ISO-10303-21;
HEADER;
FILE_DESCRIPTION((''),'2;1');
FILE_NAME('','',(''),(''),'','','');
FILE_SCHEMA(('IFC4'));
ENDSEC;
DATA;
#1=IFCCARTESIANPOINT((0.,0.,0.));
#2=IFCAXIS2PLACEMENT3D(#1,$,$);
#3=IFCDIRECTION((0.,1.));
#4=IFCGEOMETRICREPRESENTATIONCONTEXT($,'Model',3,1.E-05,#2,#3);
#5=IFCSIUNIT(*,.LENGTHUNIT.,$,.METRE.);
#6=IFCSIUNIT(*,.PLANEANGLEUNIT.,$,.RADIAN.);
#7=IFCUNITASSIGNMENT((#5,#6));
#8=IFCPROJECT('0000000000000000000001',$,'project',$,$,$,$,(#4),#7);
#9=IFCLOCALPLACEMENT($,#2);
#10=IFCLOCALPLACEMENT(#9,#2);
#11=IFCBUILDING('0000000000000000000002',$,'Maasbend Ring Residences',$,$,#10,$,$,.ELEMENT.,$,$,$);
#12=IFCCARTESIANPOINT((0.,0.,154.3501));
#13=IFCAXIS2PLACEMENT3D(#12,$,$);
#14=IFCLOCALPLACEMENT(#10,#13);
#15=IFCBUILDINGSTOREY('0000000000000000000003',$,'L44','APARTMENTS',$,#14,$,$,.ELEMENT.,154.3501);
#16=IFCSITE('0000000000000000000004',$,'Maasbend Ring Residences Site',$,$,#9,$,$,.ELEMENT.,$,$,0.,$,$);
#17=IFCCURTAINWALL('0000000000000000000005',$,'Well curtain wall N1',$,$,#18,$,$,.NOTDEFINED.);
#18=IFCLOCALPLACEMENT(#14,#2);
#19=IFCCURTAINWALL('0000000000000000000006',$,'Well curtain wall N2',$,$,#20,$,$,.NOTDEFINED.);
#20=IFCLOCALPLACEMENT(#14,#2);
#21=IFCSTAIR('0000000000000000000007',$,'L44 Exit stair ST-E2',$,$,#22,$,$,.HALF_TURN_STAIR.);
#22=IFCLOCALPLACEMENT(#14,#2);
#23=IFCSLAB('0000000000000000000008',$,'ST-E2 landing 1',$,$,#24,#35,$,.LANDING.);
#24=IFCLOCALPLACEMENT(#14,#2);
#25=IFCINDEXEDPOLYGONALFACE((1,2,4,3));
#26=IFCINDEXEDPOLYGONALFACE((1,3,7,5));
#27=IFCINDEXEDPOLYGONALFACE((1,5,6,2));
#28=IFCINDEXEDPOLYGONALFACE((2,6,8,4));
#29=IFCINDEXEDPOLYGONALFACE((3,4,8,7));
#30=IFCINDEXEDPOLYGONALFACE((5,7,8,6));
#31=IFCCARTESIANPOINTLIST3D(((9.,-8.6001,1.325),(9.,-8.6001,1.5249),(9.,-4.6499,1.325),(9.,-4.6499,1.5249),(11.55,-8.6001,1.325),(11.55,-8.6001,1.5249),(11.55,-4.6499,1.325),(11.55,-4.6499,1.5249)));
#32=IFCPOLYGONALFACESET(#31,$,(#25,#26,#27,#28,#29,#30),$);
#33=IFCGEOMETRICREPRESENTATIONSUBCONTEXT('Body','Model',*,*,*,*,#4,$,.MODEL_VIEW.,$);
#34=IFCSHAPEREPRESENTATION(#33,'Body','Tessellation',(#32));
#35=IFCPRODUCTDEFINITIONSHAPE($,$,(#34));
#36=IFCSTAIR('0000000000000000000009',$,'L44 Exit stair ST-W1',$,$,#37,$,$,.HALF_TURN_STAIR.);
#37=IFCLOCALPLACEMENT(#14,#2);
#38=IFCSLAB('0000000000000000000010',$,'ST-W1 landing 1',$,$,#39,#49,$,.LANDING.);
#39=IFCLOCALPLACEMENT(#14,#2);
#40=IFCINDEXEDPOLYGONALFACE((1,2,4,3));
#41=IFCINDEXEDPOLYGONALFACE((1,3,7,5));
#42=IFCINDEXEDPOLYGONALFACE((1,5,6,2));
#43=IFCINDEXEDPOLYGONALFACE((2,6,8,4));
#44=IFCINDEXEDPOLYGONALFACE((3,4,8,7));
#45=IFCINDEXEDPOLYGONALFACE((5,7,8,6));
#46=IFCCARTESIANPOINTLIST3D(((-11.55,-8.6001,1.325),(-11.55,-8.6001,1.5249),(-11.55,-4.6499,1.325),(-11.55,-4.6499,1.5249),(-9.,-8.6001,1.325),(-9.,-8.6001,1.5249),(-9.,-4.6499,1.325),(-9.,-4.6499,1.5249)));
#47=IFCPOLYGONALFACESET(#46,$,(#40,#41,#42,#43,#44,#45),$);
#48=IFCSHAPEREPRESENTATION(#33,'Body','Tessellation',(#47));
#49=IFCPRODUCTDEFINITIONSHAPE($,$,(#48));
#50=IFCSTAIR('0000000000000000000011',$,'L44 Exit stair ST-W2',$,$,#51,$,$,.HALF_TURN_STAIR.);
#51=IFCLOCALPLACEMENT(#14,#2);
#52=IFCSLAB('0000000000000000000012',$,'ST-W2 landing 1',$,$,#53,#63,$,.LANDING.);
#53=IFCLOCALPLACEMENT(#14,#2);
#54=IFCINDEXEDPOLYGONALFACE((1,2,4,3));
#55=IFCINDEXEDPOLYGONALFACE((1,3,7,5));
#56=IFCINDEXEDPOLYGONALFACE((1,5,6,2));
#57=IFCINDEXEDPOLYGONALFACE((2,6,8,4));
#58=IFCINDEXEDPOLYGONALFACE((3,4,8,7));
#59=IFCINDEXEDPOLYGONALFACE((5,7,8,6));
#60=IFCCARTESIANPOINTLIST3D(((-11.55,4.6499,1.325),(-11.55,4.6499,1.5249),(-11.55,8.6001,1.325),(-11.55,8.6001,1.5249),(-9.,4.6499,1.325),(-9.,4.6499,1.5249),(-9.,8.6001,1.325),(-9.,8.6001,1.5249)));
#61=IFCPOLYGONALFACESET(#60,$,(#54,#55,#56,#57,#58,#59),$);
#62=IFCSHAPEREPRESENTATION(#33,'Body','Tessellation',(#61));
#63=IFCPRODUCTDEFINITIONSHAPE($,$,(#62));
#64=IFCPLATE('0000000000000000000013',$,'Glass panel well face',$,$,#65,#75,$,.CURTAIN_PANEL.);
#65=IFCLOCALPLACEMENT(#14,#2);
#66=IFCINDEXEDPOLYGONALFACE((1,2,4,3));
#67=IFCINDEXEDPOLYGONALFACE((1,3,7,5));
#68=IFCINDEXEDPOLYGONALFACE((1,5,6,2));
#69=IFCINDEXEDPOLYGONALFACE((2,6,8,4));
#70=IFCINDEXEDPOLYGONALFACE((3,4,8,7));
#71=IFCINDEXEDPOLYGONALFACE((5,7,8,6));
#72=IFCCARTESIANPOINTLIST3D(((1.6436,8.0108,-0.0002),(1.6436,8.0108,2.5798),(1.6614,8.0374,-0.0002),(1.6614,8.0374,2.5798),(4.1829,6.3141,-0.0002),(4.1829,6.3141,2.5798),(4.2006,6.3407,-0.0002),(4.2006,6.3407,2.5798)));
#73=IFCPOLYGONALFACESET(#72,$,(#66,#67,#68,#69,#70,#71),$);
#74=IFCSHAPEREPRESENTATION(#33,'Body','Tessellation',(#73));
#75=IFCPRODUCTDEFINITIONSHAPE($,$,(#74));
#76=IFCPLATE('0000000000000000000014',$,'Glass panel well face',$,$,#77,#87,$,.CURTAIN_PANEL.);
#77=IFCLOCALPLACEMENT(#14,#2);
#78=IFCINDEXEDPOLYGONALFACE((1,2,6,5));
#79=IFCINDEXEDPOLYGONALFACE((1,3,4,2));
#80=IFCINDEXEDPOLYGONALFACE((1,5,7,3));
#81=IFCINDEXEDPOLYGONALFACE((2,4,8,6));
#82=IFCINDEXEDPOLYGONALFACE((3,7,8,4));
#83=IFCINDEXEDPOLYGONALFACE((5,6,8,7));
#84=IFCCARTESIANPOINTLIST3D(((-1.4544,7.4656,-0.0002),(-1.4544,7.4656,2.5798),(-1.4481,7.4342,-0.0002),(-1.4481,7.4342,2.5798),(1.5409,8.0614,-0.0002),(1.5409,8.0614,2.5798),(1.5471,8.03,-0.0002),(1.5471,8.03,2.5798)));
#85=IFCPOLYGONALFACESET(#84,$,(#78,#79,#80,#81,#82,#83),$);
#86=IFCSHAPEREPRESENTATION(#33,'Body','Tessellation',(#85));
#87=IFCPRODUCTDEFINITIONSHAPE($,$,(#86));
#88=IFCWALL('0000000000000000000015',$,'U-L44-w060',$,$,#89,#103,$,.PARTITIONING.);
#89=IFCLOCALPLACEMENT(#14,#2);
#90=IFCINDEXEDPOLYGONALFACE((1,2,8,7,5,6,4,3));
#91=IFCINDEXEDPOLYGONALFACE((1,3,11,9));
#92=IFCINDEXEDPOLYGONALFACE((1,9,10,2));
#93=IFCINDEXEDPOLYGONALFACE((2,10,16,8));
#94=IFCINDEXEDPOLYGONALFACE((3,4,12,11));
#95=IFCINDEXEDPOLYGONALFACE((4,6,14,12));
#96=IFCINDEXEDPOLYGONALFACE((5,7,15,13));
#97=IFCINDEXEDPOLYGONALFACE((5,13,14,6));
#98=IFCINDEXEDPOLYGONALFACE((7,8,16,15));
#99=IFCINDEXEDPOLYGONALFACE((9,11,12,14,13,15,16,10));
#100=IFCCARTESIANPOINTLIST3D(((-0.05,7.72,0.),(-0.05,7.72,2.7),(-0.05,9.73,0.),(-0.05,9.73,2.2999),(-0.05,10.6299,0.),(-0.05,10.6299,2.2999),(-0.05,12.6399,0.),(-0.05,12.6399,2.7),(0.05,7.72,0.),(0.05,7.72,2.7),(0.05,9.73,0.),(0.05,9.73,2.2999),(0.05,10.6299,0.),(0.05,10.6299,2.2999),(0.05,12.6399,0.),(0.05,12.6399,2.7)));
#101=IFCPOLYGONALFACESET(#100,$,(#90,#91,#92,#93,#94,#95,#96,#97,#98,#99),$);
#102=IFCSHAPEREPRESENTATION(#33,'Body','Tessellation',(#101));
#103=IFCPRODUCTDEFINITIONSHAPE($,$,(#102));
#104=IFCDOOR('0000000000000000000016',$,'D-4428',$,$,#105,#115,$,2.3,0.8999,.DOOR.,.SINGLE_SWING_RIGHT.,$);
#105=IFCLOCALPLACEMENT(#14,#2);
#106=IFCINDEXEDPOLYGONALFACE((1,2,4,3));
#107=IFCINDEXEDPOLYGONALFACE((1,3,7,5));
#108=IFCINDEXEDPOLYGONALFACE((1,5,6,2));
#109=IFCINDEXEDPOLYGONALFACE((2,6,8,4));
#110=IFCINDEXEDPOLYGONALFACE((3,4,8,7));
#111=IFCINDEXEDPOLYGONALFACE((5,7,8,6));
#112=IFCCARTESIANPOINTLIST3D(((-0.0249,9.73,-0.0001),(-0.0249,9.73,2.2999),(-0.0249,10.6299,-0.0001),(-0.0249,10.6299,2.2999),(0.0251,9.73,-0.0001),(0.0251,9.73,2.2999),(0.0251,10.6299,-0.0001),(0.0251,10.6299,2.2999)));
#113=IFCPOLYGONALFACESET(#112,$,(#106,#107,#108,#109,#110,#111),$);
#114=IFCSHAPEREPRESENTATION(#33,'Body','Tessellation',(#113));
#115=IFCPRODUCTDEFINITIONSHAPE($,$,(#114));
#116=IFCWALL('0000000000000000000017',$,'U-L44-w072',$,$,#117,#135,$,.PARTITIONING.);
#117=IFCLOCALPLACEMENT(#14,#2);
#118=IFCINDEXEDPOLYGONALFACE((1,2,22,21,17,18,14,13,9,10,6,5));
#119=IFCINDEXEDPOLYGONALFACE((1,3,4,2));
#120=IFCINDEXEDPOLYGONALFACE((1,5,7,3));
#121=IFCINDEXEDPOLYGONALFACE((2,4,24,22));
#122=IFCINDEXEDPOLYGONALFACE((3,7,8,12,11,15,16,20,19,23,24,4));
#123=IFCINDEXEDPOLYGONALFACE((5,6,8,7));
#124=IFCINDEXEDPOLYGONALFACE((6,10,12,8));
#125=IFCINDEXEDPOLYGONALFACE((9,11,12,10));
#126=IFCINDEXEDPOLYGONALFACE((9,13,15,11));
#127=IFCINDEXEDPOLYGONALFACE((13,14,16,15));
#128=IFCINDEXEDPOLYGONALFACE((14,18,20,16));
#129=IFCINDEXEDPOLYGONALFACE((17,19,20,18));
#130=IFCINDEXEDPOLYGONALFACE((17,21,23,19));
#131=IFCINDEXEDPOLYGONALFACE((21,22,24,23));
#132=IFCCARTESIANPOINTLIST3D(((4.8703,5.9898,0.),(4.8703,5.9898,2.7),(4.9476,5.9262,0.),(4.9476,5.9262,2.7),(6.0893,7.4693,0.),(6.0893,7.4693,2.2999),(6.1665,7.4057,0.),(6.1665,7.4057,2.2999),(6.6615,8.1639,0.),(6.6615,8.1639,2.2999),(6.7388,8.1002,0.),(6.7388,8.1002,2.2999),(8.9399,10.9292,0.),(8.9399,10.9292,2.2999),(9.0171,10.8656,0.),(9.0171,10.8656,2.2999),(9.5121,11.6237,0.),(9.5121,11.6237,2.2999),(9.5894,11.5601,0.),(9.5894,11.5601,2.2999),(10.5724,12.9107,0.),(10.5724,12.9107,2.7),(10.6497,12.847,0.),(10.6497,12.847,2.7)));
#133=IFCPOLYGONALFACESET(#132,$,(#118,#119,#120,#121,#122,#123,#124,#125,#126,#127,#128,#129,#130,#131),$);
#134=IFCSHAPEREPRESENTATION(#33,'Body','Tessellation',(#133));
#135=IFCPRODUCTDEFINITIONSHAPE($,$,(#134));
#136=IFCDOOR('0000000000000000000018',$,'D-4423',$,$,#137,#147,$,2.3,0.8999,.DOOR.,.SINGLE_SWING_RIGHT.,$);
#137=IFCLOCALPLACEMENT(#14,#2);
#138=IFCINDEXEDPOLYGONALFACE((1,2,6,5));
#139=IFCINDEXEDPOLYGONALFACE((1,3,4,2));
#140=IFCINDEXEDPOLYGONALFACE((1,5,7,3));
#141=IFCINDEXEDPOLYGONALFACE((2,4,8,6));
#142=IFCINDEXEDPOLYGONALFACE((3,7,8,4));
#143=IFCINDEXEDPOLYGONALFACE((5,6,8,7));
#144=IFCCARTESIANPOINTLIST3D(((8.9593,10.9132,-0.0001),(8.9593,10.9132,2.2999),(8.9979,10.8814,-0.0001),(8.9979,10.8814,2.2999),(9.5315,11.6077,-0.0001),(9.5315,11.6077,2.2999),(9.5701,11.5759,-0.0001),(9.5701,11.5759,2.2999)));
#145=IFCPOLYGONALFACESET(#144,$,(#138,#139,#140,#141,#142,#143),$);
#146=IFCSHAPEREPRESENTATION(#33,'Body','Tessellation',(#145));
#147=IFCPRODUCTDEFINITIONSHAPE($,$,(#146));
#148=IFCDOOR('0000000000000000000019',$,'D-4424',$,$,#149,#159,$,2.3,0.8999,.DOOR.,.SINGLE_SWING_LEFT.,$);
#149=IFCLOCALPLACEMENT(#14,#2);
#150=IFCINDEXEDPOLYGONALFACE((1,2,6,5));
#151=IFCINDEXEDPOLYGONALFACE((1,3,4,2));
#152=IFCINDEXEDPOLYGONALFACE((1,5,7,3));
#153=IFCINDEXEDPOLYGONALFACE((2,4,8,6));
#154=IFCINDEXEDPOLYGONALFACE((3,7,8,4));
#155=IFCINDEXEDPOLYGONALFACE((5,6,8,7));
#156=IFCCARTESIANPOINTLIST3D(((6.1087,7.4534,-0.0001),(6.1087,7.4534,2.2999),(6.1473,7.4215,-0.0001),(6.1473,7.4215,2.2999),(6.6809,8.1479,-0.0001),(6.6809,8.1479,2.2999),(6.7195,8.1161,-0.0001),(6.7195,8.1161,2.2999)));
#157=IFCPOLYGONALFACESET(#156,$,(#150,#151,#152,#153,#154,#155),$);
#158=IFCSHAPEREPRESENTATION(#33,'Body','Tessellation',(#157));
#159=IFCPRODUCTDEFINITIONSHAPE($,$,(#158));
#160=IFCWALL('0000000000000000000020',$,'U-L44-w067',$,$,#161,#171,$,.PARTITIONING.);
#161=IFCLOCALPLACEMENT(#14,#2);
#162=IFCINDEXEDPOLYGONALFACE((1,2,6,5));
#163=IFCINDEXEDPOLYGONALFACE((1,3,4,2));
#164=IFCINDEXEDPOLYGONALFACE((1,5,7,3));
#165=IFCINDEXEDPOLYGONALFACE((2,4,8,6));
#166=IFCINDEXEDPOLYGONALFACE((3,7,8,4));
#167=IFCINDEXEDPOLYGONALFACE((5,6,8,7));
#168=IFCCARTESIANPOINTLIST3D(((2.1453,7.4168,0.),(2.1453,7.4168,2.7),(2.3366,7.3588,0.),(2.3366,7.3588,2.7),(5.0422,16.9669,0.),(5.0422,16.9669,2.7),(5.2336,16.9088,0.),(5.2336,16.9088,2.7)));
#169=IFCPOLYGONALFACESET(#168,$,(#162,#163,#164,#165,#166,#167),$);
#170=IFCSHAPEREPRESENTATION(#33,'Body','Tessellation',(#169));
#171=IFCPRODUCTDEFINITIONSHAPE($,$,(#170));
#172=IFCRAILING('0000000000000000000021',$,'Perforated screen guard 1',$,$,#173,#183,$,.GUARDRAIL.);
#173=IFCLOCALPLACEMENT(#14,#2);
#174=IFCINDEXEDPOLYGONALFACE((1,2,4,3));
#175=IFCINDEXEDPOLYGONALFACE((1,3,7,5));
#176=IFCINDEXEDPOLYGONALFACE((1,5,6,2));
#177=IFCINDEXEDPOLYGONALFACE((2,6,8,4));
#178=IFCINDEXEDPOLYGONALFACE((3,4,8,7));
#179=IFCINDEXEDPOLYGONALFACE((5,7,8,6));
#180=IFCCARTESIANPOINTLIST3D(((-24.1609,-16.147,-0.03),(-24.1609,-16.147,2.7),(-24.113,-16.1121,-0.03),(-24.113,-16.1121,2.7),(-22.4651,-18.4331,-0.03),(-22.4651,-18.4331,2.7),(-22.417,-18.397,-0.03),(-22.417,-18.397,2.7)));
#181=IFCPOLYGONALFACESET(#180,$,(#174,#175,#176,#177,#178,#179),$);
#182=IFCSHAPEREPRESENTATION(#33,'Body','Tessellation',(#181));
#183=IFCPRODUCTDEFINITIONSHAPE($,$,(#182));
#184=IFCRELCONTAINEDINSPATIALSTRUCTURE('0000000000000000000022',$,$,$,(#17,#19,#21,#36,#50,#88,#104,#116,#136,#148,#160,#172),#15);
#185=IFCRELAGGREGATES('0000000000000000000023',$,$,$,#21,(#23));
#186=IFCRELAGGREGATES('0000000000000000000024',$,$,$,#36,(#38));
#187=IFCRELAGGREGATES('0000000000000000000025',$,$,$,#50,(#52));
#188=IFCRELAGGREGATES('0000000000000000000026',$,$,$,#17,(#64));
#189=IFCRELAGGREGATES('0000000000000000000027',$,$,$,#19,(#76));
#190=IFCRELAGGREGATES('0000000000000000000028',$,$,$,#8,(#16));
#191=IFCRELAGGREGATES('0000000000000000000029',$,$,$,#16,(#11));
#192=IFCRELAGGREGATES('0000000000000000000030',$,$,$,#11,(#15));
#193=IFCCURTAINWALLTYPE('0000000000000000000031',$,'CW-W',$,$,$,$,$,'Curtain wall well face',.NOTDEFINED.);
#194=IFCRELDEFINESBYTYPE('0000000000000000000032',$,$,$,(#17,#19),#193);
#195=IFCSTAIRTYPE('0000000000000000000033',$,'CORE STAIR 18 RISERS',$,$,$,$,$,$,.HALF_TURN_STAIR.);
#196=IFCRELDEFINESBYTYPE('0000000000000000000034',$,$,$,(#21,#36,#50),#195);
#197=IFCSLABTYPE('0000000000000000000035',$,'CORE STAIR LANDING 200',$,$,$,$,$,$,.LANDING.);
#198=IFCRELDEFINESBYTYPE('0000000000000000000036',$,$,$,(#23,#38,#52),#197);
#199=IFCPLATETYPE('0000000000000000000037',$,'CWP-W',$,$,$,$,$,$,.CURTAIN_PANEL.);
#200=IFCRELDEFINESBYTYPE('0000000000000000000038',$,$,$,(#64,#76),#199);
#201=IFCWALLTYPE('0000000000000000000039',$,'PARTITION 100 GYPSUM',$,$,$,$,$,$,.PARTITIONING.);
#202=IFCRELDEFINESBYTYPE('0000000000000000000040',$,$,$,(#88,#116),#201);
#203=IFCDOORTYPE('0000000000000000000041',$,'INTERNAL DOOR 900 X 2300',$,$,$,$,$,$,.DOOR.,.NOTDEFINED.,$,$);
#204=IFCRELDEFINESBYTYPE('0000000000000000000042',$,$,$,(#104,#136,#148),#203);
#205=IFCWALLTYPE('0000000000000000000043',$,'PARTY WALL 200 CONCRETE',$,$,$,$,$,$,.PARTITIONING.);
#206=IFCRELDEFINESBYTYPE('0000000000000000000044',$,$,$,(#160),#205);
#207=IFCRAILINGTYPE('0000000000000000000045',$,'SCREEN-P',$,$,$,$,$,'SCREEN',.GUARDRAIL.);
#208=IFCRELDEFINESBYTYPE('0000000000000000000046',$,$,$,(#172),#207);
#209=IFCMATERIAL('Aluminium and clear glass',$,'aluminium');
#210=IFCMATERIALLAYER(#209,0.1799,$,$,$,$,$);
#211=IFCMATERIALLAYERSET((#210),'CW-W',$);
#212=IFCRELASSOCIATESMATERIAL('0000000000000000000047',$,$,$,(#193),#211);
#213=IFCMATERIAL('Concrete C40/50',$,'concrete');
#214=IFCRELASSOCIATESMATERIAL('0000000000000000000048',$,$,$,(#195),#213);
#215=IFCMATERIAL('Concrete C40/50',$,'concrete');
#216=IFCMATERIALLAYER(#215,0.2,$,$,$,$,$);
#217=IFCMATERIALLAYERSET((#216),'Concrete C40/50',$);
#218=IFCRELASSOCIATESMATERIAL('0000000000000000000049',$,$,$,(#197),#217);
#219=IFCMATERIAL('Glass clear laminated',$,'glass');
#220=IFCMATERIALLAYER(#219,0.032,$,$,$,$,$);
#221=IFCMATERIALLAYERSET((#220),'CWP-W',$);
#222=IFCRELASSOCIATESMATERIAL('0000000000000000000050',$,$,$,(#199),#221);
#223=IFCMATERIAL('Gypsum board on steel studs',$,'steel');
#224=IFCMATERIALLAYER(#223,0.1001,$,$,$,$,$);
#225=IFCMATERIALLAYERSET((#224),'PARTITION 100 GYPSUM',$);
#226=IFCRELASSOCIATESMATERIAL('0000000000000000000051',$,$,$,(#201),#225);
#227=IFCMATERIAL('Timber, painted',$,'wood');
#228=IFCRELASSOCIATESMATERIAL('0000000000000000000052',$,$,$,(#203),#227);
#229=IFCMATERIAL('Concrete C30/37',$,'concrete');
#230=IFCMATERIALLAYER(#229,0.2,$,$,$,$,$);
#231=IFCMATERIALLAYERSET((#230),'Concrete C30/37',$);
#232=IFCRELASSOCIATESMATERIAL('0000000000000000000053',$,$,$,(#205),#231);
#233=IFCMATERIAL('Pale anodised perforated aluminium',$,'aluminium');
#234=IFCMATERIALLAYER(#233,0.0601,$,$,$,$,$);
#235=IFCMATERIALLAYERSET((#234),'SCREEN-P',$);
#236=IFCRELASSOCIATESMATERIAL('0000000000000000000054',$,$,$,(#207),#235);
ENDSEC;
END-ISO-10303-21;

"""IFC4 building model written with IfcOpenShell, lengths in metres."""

from ifc_helpers import new_model, si_unit, direction, frame, frame_2d, origin, origin_2d, place, context, subcontext, project, spatial, polyline, rectangle, outline, extrude, material, layer, layer_set, type_object, element, fill, aggregate, save


model = new_model("IFC4")

# Units and contexts
model_context = context("Model", 3, precision=1e-05, world=origin(), true_north=direction((0.0, 1.0)))
body_context = subcontext(model_context, "Body", "Model", "MODEL_VIEW")
ifc_project = project(units=[si_unit("LENGTHUNIT", "METRE"), si_unit("PLANEANGLEUNIT", "RADIAN")], contexts=[model_context])

# Site, building, storey
site_placement = place(None, origin())
site = spatial("IfcSite", under=ifc_project, at=site_placement, Name="Maasbend Ring Residences Site", CompositionType="ELEMENT", RefElevation=0.0)
building_placement = place(site_placement, origin())
building = spatial("IfcBuilding", under=site, at=building_placement, Name="Maasbend Ring Residences", CompositionType="ELEMENT")
storey_placement = place(building_placement, frame((0.0, 0.0, 154.3501)))
storey = spatial("IfcBuildingStorey", under=building, at=storey_placement, Name="L44", Description="APARTMENTS", CompositionType="ELEMENT", Elevation=154.3501)

# Curtain wall
ifc_material_1 = material(Name="Aluminium and clear glass", Category="aluminium")
ifc_layer_1 = layer(ifc_material_1, 0.1799)
ifc_layer_set_1 = layer_set([ifc_layer_1], Name="CW-W")
curtain_wall_type = type_object("IfcCurtainWallType", Name="CW-W", ElementType="Curtain wall well face", PredefinedType="NOTDEFINED", material=ifc_layer_set_1)
curtain_wall_1_placement = place(storey_placement, origin())
curtain_wall_1 = element("IfcCurtainWall", 1, at=curtain_wall_1_placement, inside=storey, type_object=curtain_wall_type, Name="Well curtain wall N1", PredefinedType="NOTDEFINED")

# Curtain wall
curtain_wall_2_placement = place(storey_placement, origin())
curtain_wall_2 = element("IfcCurtainWall", 2, at=curtain_wall_2_placement, inside=storey, type_object=curtain_wall_type, Name="Well curtain wall N2", PredefinedType="NOTDEFINED")

# Stairs, slabs
ifc_material_2 = material(Name="Concrete C40/50", Category="concrete")
stair_type = type_object("IfcStairType", Name="CORE STAIR 18 RISERS", PredefinedType="HALF_TURN_STAIR", material=ifc_material_2)
ifc_material_3 = material(Name="Concrete C40/50", Category="concrete")
ifc_layer_2 = layer(ifc_material_3, 0.2)
ifc_layer_set_2 = layer_set([ifc_layer_2], Name="Concrete C40/50")
slab_type = type_object("IfcSlabType", Name="CORE STAIR LANDING 200", PredefinedType="LANDING", material=ifc_layer_set_2)
stair_1_placement = place(storey_placement, origin())
stair_1 = element("IfcStair", 3, at=stair_1_placement, inside=storey, type_object=stair_type, Name="L44 Exit stair ST-E2", PredefinedType="HALF_TURN_STAIR")
slab_1_placement = place(storey_placement, frame((0.0, 0.0, 1.325)))
slab_1 = element("IfcSlab", 4, at=slab_1_placement, type_object=slab_type, Name="ST-E2 landing 1", PredefinedType="LANDING", context=body_context, shape_type="SweptSolid", body=[
    extrude(outline(polyline([(11.55, -4.6499), (9.0, -4.6499), (9.0, -8.6001), (11.55, -8.6001), (11.55, -4.6499)])), origin(), (0.0, 0.0, 1.0), 0.2),
])
aggregate(stair_1, [slab_1])
stair_2_placement = place(storey_placement, origin())
stair_2 = element("IfcStair", 5, at=stair_2_placement, inside=storey, type_object=stair_type, Name="L44 Exit stair ST-W1", PredefinedType="HALF_TURN_STAIR")
slab_2_placement = place(storey_placement, frame((0.0, 0.0, 1.325)))
slab_2 = element("IfcSlab", 6, at=slab_2_placement, type_object=slab_type, Name="ST-W1 landing 1", PredefinedType="LANDING", context=body_context, shape_type="SweptSolid", body=[
    extrude(outline(polyline([(-11.55, -8.6001), (-9.0, -8.6001), (-9.0, -4.6499), (-11.55, -4.6499), (-11.55, -8.6001)])), origin(), (0.0, 0.0, 1.0), 0.2),
])
aggregate(stair_2, [slab_2])
stair_3_placement = place(storey_placement, origin())
stair_3 = element("IfcStair", 7, at=stair_3_placement, inside=storey, type_object=stair_type, Name="L44 Exit stair ST-W2", PredefinedType="HALF_TURN_STAIR")
slab_3_placement = place(storey_placement, frame((0.0, 0.0, 1.325)))
slab_3 = element("IfcSlab", 8, at=slab_3_placement, type_object=slab_type, Name="ST-W2 landing 1", PredefinedType="LANDING", context=body_context, shape_type="SweptSolid", body=[
    extrude(outline(polyline([(-11.55, 4.6499), (-9.0, 4.6499), (-9.0, 8.6001), (-11.55, 8.6001), (-11.55, 4.6499)])), origin(), (0.0, 0.0, 1.0), 0.2),
])
aggregate(stair_3, [slab_3])

# Plates
ifc_material_4 = material(Name="Glass clear laminated", Category="glass")
ifc_layer_3 = layer(ifc_material_4, 0.032)
ifc_layer_set_3 = layer_set([ifc_layer_3], Name="CWP-W")
plate_type = type_object("IfcPlateType", Name="CWP-W", PredefinedType="CURTAIN_PANEL", material=ifc_layer_set_3)
plate_1_placement = place(storey_placement, frame((2.9221, 7.1758, -0.0002), z_axis=(0.0, 0.0, 1.0), x_axis=(-0.83147, 0.55557, 0.0)))
plate_1 = element("IfcPlate", 9, at=plate_1_placement, type_object=plate_type, Name="Glass panel well face", PredefinedType="CURTAIN_PANEL", context=body_context, shape_type="SweptSolid", body=[
    extrude(rectangle(XDim=3.054, YDim=0.032, at=origin_2d()), origin(), (0.0, 0.0, 1.0), 2.5801),
])
aggregate(curtain_wall_1, [plate_1])
plate_2_placement = place(storey_placement, frame((0.0464, 7.7478, -0.0002), z_axis=(0.0, 0.0, 1.0), x_axis=(-0.980785, -0.19509, 0.0)))
plate_2 = element("IfcPlate", 10, at=plate_2_placement, type_object=plate_type, Name="Glass panel well face", PredefinedType="CURTAIN_PANEL", context=body_context, shape_type="SweptSolid", body=[
    extrude(rectangle(XDim=3.054, YDim=0.032, at=origin_2d()), origin(), (0.0, 0.0, 1.0), 2.5801),
])
aggregate(curtain_wall_2, [plate_2])

# Wall, opening, door
ifc_material_5 = material(Name="Gypsum board on steel studs", Category="steel")
ifc_layer_4 = layer(ifc_material_5, 0.1001)
ifc_layer_set_4 = layer_set([ifc_layer_4], Name="PARTITION 100 GYPSUM")
wall_type_1 = type_object("IfcWallType", Name="PARTITION 100 GYPSUM", PredefinedType="PARTITIONING", material=ifc_layer_set_4)
wall_1_placement = place(storey_placement, frame((0.0, 7.72, 0.0), z_axis=(0.0, 0.0, 1.0), x_axis=(0.0, 1.0, 0.0)))
wall_1 = element("IfcWall", 11, at=wall_1_placement, inside=storey, type_object=wall_type_1, Name="U-L44-w060", PredefinedType="PARTITIONING", context=body_context, shape_type="SweptSolid", body=[
    extrude(rectangle(XDim=4.9199, YDim=0.1001, at=frame_2d((2.46, 0.0))), origin(), (0.0, 0.0, 1.0), 2.7),
])
opening_1_placement = place(wall_1_placement, frame((2.01, 0.0, 0.0)))
opening_1 = element("IfcOpeningElement", 12, at=opening_1_placement, cuts=wall_1, PredefinedType="OPENING", context=body_context, shape_type="SweptSolid", body=[
    extrude(rectangle(XDim=0.8999, YDim=2.3, at=frame_2d((0.45, 1.1499))), frame((0.0, 0.0601, 0.0), z_axis=(0.0, -1.0, 0.0), x_axis=(1.0, 0.0, 0.0)), (0.0, 0.0, 1.0), 0.1201),
])
ifc_material_6 = material(Name="Timber, painted", Category="wood")
door_type = type_object("IfcDoorType", Name="INTERNAL DOOR 900 X 2300", OperationType="NOTDEFINED", PredefinedType="DOOR", material=ifc_material_6)
door_1_placement = place(opening_1_placement, origin())
door_1 = element("IfcDoor", 13, at=door_1_placement, inside=storey, type_object=door_type, Name="D-4428", OperationType="SINGLE_SWING_RIGHT", OverallHeight=2.3, OverallWidth=0.8999, PredefinedType="DOOR", context=body_context, shape_type="SweptSolid", body=[
    extrude(rectangle(XDim=0.8999, YDim=2.3, at=frame_2d((0.45, 1.1499))), frame((0.0, 0.0249, 0.0), z_axis=(0.0, -1.0, 0.0), x_axis=(1.0, 0.0, 0.0)), (0.0, 0.0, 1.0), 0.05),
])
fill(opening_1, door_1)

# Wall, openings, doors
wall_2_placement = place(storey_placement, frame((4.9089, 5.958, 0.0), z_axis=(0.0, 0.0, 1.0), x_axis=(0.635879, 0.771789, 0.0)))
wall_2 = element("IfcWall", 14, at=wall_2_placement, inside=storey, type_object=wall_type_1, Name="U-L44-w072", PredefinedType="PARTITIONING", context=body_context, shape_type="SweptSolid", body=[
    extrude(rectangle(XDim=8.9673, YDim=0.1001, at=frame_2d((4.4836, 0.0))), origin(), (0.0, 0.0, 1.0), 2.7),
])
opening_2_placement = place(wall_2_placement, frame((6.3999, 0.0, 0.0)))
opening_2 = element("IfcOpeningElement", 15, at=opening_2_placement, cuts=wall_2, PredefinedType="OPENING", context=body_context, shape_type="SweptSolid", body=[
    extrude(rectangle(XDim=0.8999, YDim=2.3, at=frame_2d((0.45, 1.1499))), frame((0.0, 0.0601, 0.0), z_axis=(0.0, -1.0, 0.0), x_axis=(1.0, 0.0, 0.0)), (0.0, 0.0, 1.0), 0.1201),
])
opening_3_placement = place(wall_2_placement, frame((1.917, 0.0, 0.0)))
opening_3 = element("IfcOpeningElement", 16, at=opening_3_placement, cuts=wall_2, PredefinedType="OPENING", context=body_context, shape_type="SweptSolid", body=[
    extrude(rectangle(XDim=0.8999, YDim=2.3, at=frame_2d((0.45, 1.1499))), frame((0.0, 0.0601, 0.0), z_axis=(0.0, -1.0, 0.0), x_axis=(1.0, 0.0, 0.0)), (0.0, 0.0, 1.0), 0.1201),
])
door_2_placement = place(opening_2_placement, origin())
door_2 = element("IfcDoor", 17, at=door_2_placement, inside=storey, type_object=door_type, Name="D-4423", OperationType="SINGLE_SWING_RIGHT", OverallHeight=2.3, OverallWidth=0.8999, PredefinedType="DOOR", context=body_context, shape_type="SweptSolid", body=[
    extrude(rectangle(XDim=0.8999, YDim=2.3, at=frame_2d((0.45, 1.1499))), frame((0.0, 0.0249, 0.0), z_axis=(0.0, -1.0, 0.0), x_axis=(1.0, 0.0, 0.0)), (0.0, 0.0, 1.0), 0.05),
])
fill(opening_2, door_2)
door_3_placement = place(opening_3_placement, origin())
door_3 = element("IfcDoor", 18, at=door_3_placement, inside=storey, type_object=door_type, Name="D-4424", OperationType="SINGLE_SWING_LEFT", OverallHeight=2.3, OverallWidth=0.8999, PredefinedType="DOOR", context=body_context, shape_type="SweptSolid", body=[
    extrude(rectangle(XDim=0.8999, YDim=2.3, at=frame_2d((0.45, 1.1499))), frame((0.0, 0.0249, 0.0), z_axis=(0.0, -1.0, 0.0), x_axis=(1.0, 0.0, 0.0)), (0.0, 0.0, 1.0), 0.05),
])
fill(opening_3, door_3)

# Wall
ifc_material_7 = material(Name="Concrete C30/37", Category="concrete")
ifc_layer_5 = layer(ifc_material_7, 0.2)
ifc_layer_set_5 = layer_set([ifc_layer_5], Name="Concrete C30/37")
wall_type_2 = type_object("IfcWallType", Name="PARTY WALL 200 CONCRETE", PredefinedType="PARTITIONING", material=ifc_layer_set_5)
wall_3_placement = place(storey_placement, frame((2.241, 7.3879, 0.0), z_axis=(0.0, 0.0, 1.0), x_axis=(0.290284, 0.95694, 0.0)))
element("IfcWall", 19, at=wall_3_placement, inside=storey, type_object=wall_type_2, Name="U-L44-w067", PredefinedType="PARTITIONING", context=body_context, shape_type="SweptSolid", body=[
    extrude(rectangle(XDim=9.9797, YDim=0.2, at=frame_2d((4.9897, 0.0))), origin(), (0.0, 0.0, 1.0), 2.7),
])

# Railing
ifc_material_8 = material(Name="Pale anodised perforated aluminium", Category="aluminium")
ifc_layer_6 = layer(ifc_material_8, 0.0601)
ifc_layer_set_6 = layer_set([ifc_layer_6], Name="SCREEN-P")
railing_type = type_object("IfcRailingType", Name="SCREEN-P", ElementType="SCREEN", PredefinedType="GUARDRAIL", material=ifc_layer_set_6)
railing_1_placement = place(storey_placement, frame((0.0, 0.0, -0.03)))
element("IfcRailing", 20, at=railing_1_placement, inside=storey, type_object=railing_type, Name="Perforated screen guard 1", PredefinedType="GUARDRAIL", context=body_context, shape_type="SweptSolid", body=[
    extrude(outline(polyline([(-24.113, -16.1121), (-22.417, -18.397), (-22.4651, -18.4331), (-24.1609, -16.147), (-24.113, -16.1121)])), origin(), (0.0, 0.0, 1.0), 2.73),
])

save(model, "model.ifc")
